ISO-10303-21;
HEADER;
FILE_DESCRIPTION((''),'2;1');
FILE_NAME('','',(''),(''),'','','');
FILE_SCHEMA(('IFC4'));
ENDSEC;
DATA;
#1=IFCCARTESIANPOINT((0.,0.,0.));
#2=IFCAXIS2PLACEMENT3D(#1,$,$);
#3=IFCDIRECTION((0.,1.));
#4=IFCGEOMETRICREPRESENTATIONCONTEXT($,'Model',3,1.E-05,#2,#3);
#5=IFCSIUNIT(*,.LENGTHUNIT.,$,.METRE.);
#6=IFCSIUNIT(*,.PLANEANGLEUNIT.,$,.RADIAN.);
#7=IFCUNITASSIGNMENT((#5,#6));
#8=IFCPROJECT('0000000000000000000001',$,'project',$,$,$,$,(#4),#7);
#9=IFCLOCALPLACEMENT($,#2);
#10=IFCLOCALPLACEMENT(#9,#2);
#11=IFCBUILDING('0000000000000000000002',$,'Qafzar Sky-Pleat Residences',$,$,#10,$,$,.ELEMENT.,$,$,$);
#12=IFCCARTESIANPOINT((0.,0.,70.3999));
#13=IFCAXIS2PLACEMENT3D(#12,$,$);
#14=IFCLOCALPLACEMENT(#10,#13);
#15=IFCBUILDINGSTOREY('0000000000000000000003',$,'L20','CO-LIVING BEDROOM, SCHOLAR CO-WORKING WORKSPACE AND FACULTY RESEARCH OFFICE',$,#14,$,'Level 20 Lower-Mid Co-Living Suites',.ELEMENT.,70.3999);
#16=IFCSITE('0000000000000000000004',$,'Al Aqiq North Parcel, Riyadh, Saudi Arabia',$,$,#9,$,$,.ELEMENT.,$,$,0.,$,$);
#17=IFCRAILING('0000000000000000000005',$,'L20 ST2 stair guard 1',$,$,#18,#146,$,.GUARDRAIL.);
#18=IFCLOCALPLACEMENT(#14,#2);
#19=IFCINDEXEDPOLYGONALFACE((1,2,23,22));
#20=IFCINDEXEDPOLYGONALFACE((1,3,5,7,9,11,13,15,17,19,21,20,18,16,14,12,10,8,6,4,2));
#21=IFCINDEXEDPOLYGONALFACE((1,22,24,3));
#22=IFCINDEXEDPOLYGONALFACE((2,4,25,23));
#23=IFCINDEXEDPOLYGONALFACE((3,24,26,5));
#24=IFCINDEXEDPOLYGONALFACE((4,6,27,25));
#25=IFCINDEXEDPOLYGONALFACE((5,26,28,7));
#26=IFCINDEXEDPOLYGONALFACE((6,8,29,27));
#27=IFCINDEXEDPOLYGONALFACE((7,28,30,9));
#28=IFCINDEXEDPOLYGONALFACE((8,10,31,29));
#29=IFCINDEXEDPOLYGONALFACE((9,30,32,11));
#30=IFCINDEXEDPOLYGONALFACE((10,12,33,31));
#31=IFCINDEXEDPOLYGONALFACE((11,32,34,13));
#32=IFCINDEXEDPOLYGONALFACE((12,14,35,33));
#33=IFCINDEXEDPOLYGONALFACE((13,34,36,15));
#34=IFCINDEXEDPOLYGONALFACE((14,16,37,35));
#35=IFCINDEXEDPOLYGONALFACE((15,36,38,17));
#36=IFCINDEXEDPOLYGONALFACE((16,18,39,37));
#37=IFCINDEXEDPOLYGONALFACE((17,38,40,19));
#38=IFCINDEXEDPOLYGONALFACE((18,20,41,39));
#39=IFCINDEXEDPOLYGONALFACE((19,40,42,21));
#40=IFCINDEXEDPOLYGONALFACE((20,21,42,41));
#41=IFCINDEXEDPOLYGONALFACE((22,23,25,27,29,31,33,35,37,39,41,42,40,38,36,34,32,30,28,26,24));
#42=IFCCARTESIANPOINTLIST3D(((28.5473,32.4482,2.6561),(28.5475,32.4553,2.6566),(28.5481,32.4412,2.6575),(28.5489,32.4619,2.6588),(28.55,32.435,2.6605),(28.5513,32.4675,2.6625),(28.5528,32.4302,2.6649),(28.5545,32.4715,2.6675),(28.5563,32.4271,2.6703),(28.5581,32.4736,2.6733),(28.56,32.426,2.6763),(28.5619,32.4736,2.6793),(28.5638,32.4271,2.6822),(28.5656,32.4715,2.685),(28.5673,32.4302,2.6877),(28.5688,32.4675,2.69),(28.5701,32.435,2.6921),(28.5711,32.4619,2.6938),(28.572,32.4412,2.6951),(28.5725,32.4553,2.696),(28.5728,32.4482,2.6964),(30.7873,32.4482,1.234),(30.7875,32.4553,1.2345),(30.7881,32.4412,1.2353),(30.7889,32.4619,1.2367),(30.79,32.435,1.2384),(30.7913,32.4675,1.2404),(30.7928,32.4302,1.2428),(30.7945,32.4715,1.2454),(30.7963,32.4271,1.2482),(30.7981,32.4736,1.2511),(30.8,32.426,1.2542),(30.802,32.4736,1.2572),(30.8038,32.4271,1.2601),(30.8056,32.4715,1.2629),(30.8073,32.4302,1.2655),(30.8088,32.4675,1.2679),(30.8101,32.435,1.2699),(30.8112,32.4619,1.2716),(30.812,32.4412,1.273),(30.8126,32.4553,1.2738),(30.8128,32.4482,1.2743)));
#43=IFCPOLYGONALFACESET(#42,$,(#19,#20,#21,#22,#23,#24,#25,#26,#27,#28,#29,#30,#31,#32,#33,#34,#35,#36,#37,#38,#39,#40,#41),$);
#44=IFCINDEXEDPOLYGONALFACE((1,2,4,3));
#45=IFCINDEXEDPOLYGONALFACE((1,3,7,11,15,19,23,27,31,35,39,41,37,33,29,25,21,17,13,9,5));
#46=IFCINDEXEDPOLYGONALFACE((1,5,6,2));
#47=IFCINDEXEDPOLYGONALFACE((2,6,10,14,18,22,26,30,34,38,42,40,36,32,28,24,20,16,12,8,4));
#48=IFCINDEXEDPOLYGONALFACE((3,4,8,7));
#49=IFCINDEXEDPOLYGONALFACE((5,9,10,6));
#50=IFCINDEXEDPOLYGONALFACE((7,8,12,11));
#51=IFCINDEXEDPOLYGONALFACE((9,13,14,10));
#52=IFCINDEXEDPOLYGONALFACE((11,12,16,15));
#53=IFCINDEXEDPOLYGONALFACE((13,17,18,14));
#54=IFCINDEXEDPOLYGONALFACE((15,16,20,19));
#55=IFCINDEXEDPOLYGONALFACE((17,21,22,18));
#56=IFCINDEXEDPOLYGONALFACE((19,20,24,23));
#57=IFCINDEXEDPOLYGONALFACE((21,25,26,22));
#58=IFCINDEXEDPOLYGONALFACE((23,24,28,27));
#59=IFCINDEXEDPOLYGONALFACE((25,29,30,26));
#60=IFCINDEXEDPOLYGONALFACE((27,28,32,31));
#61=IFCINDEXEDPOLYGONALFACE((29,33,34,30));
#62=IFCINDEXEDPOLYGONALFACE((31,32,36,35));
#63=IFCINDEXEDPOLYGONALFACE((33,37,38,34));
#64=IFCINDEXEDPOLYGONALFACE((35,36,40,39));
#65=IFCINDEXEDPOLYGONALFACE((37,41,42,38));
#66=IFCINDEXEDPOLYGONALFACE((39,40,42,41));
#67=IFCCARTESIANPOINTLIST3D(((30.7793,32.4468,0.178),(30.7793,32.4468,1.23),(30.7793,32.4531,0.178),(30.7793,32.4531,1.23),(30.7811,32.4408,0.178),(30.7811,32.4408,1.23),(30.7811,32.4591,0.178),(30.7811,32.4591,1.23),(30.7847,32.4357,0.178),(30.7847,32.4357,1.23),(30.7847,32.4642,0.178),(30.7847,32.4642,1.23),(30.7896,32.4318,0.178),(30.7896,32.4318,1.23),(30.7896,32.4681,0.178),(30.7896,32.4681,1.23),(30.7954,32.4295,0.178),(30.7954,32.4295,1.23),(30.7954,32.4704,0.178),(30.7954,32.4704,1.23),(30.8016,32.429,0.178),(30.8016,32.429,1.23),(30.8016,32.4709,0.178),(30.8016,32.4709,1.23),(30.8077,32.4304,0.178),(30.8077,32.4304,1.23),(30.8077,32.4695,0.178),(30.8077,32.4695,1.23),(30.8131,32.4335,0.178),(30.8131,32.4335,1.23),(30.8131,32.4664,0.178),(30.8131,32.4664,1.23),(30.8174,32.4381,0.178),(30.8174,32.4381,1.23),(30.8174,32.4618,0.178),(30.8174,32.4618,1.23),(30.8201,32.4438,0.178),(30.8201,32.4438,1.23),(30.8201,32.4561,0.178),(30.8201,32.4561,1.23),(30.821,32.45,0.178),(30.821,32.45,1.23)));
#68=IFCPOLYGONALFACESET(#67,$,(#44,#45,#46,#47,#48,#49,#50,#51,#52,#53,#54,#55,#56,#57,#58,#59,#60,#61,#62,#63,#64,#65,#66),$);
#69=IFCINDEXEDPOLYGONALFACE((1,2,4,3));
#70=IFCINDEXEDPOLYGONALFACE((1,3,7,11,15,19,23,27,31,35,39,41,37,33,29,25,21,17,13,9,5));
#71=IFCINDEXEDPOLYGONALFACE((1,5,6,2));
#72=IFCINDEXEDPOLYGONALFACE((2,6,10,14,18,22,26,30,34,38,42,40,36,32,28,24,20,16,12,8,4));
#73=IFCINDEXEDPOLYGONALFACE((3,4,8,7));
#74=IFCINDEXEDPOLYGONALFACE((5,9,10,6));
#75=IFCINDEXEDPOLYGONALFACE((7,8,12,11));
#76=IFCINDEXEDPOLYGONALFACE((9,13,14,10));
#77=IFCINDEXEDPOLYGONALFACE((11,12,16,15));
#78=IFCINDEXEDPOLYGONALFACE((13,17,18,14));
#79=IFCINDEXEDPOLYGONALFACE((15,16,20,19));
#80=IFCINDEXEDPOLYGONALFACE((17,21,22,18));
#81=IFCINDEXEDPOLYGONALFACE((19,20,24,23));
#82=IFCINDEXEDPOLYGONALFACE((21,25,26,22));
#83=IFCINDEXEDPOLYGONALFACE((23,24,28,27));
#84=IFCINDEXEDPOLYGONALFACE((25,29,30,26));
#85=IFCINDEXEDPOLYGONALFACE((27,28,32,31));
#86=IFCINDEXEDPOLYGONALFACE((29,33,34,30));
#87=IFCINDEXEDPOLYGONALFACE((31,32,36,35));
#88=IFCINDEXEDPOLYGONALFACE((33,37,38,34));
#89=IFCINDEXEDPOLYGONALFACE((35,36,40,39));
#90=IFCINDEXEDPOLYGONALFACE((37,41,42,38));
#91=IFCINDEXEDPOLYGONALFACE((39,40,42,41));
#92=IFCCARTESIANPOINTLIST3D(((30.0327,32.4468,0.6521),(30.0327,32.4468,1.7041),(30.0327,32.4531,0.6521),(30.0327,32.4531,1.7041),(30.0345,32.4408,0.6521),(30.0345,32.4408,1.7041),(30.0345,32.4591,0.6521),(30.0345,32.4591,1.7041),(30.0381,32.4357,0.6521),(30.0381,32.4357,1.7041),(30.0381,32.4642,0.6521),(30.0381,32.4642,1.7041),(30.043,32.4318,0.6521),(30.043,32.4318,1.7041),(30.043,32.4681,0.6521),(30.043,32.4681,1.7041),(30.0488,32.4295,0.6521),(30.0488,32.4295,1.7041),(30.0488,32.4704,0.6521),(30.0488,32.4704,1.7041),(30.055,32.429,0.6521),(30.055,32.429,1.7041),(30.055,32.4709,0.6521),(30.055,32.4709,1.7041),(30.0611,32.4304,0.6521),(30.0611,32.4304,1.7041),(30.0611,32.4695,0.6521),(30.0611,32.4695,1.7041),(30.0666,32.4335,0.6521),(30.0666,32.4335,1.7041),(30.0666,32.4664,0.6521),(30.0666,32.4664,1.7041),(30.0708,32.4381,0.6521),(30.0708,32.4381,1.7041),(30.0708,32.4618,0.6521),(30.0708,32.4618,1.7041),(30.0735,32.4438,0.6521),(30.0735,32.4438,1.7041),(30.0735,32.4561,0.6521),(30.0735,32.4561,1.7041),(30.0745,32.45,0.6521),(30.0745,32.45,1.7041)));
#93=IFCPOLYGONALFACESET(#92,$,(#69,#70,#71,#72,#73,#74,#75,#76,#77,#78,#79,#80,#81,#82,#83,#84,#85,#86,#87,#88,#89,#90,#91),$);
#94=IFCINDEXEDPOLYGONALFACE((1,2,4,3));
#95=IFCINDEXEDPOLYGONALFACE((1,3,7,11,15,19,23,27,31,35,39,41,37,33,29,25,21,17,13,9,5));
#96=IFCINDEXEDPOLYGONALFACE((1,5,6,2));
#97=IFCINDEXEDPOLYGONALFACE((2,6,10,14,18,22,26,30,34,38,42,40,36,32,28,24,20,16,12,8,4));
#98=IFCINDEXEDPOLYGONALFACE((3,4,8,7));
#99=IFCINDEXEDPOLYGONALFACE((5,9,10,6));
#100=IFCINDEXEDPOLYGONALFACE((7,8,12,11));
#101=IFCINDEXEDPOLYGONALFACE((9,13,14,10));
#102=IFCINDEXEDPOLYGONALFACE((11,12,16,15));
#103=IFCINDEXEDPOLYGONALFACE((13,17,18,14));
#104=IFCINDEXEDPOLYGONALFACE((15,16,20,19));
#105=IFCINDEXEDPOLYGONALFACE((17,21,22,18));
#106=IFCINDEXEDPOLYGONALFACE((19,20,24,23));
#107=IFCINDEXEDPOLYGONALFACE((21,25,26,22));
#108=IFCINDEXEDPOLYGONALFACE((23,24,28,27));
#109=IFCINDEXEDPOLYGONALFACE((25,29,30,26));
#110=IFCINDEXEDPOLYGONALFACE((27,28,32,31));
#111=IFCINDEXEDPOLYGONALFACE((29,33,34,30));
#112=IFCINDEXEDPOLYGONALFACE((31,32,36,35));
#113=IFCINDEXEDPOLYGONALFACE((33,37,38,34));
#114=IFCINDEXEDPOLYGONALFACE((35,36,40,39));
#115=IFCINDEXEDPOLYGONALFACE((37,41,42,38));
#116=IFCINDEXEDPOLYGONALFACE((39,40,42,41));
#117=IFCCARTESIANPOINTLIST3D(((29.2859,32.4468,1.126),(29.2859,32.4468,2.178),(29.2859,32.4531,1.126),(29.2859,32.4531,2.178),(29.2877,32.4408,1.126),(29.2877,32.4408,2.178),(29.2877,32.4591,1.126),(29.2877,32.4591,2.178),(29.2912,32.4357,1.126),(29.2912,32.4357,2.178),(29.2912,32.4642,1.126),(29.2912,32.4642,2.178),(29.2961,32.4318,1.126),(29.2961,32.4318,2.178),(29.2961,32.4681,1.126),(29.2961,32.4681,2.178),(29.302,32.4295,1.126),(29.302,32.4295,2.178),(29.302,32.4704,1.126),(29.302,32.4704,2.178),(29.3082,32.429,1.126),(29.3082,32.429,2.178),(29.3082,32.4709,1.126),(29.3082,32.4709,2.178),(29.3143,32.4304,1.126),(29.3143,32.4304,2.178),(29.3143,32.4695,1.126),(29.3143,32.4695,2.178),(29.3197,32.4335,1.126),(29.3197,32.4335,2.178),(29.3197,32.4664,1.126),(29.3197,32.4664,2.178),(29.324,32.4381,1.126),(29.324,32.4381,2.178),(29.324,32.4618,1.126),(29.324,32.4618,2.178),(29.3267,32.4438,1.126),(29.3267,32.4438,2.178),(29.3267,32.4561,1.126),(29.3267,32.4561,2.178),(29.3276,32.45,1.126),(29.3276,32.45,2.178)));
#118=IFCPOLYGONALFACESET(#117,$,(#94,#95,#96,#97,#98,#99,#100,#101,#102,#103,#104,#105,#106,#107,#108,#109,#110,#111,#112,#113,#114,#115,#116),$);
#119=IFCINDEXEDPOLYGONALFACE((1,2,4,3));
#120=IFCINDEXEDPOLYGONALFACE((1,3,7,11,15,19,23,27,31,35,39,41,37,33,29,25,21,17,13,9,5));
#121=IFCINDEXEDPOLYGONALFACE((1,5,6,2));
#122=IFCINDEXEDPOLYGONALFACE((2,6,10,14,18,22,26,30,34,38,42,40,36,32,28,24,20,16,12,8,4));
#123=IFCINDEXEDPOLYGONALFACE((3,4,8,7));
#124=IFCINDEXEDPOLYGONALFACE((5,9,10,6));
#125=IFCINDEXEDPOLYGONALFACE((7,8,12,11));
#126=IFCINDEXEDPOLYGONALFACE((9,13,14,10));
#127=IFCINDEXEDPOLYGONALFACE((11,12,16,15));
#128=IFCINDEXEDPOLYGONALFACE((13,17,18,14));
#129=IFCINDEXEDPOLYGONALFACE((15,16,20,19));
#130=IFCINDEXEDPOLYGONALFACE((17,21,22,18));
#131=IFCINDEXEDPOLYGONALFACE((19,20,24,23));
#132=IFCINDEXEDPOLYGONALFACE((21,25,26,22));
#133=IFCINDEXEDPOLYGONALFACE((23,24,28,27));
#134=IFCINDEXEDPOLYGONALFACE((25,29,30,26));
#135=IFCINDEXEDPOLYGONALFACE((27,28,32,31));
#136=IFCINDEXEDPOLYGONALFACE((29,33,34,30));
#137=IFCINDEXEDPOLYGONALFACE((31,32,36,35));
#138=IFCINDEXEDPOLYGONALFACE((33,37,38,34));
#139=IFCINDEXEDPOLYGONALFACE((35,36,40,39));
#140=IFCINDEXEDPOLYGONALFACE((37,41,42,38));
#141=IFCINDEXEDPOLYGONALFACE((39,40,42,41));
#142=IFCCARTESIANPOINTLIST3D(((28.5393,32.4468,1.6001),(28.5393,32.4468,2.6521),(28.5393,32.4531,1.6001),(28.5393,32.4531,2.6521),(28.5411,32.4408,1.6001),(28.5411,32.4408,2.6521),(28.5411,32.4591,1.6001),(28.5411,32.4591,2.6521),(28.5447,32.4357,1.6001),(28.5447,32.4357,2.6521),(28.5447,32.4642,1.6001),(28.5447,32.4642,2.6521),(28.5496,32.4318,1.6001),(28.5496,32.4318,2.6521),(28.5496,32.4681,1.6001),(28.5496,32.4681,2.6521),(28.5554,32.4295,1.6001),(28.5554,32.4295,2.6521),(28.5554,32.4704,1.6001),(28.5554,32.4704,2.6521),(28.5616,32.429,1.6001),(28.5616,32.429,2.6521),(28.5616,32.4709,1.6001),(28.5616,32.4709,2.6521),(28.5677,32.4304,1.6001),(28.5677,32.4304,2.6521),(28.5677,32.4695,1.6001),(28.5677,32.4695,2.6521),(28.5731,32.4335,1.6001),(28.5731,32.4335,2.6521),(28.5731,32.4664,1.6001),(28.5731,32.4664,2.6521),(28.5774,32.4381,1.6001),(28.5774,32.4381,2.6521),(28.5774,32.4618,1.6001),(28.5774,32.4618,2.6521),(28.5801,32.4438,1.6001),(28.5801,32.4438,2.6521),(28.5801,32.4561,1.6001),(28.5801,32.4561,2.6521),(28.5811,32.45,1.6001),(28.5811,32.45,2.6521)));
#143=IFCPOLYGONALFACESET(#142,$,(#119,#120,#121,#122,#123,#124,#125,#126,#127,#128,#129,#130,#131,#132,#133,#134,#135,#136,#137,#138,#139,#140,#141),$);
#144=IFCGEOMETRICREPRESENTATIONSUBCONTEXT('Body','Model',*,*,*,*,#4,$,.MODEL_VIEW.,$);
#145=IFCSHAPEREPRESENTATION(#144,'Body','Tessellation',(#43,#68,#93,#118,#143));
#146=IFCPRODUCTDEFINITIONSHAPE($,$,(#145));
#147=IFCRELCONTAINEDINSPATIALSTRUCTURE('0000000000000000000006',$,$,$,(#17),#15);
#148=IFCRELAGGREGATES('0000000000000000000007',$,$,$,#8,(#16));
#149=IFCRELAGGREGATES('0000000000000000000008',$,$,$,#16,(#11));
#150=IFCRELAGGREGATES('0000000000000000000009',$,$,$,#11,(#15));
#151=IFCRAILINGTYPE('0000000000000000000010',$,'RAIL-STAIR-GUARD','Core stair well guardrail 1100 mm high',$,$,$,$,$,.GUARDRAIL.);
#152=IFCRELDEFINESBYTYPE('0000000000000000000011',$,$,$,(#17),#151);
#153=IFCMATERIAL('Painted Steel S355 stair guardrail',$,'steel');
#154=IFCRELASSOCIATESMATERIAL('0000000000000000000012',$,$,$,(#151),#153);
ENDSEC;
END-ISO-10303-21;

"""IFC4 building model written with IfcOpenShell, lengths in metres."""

from ifc_helpers import new_model, si_unit, direction, frame, origin, origin_2d, place, context, subcontext, project, spatial, circle, extrude, source, transform, mapped, material, type_object, element, save


model = new_model("IFC4")

# Units and contexts
model_context = context("Model", 3, precision=1e-05, world=origin(), true_north=direction((0.0, 1.0)))
body_context = subcontext(model_context, "Body", "Model", "MODEL_VIEW")
ifc_project = project(units=[si_unit("LENGTHUNIT", "METRE"), si_unit("PLANEANGLEUNIT", "RADIAN")], contexts=[model_context])

# Site, building, storey
site_placement = place(None, origin())
site = spatial("IfcSite", under=ifc_project, at=site_placement, Name="Al Aqiq North Parcel, Riyadh, Saudi Arabia", CompositionType="ELEMENT", RefElevation=0.0)
building_placement = place(site_placement, origin())
building = spatial("IfcBuilding", under=site, at=building_placement, Name="Qafzar Sky-Pleat Residences", CompositionType="ELEMENT")
storey_placement = place(building_placement, frame((0.0, 0.0, 70.3999)))
storey = spatial("IfcBuildingStorey", under=building, at=storey_placement, Name="L20", Description="CO-LIVING BEDROOM, SCHOLAR CO-WORKING WORKSPACE AND FACULTY RESEARCH OFFICE", LongName="Level 20 Lower-Mid Co-Living Suites", CompositionType="ELEMENT", Elevation=70.3999)

# Railing
ifc_material_1 = material(Name="Painted Steel S355 stair guardrail", Category="steel")
railing_type_1 = type_object("IfcRailingType", Name="RAIL-STAIR-GUARD", Description="Core stair well guardrail 1100 mm high", PredefinedType="GUARDRAIL", material=ifc_material_1)
shared_shape_1 = source(origin(), body_context, "Body", "SweptSolid", [
    extrude(circle(Radius=0.0239, at=origin_2d()), frame((0.0, 0.0, 1.0762), z_axis=(-0.844229, 0.0, 0.535982), x_axis=(0.0, -1.0, 0.0)), (0.0, 0.0, 1.0), 2.6533),
    extrude(circle(Radius=0.021, at=origin_2d()), origin(), (0.0, 0.0, 1.0), 1.052),
    extrude(circle(Radius=0.021, at=origin_2d()), frame((-0.7466, 0.0, 0.4741)), (0.0, 0.0, 1.0), 1.052),
    extrude(circle(Radius=0.021, at=origin_2d()), frame((-1.4934, 0.0, 0.948)), (0.0, 0.0, 1.0), 1.052),
    extrude(circle(Radius=0.021, at=origin_2d()), frame((-2.24, 0.0, 1.4221)), (0.0, 0.0, 1.0), 1.052),
])
railing_1_placement = place(storey_placement, frame((30.8, 32.45, 0.178)))
element("IfcRailing", 1, at=railing_1_placement, inside=storey, type_object=railing_type_1, Name="L20 ST2 stair guard 1", PredefinedType="GUARDRAIL", context=body_context, shape_type="MappedRepresentation", body=[
    mapped(shared_shape_1, transform((0.0, 0.0, 0.0), x_axis=(1.0, 0.0, 0.0), y_axis=(0.0, 1.0, 0.0), z_axis=(0.0, 0.0, 1.0), scale=1.0)),
])

save(model, "model.ifc")
